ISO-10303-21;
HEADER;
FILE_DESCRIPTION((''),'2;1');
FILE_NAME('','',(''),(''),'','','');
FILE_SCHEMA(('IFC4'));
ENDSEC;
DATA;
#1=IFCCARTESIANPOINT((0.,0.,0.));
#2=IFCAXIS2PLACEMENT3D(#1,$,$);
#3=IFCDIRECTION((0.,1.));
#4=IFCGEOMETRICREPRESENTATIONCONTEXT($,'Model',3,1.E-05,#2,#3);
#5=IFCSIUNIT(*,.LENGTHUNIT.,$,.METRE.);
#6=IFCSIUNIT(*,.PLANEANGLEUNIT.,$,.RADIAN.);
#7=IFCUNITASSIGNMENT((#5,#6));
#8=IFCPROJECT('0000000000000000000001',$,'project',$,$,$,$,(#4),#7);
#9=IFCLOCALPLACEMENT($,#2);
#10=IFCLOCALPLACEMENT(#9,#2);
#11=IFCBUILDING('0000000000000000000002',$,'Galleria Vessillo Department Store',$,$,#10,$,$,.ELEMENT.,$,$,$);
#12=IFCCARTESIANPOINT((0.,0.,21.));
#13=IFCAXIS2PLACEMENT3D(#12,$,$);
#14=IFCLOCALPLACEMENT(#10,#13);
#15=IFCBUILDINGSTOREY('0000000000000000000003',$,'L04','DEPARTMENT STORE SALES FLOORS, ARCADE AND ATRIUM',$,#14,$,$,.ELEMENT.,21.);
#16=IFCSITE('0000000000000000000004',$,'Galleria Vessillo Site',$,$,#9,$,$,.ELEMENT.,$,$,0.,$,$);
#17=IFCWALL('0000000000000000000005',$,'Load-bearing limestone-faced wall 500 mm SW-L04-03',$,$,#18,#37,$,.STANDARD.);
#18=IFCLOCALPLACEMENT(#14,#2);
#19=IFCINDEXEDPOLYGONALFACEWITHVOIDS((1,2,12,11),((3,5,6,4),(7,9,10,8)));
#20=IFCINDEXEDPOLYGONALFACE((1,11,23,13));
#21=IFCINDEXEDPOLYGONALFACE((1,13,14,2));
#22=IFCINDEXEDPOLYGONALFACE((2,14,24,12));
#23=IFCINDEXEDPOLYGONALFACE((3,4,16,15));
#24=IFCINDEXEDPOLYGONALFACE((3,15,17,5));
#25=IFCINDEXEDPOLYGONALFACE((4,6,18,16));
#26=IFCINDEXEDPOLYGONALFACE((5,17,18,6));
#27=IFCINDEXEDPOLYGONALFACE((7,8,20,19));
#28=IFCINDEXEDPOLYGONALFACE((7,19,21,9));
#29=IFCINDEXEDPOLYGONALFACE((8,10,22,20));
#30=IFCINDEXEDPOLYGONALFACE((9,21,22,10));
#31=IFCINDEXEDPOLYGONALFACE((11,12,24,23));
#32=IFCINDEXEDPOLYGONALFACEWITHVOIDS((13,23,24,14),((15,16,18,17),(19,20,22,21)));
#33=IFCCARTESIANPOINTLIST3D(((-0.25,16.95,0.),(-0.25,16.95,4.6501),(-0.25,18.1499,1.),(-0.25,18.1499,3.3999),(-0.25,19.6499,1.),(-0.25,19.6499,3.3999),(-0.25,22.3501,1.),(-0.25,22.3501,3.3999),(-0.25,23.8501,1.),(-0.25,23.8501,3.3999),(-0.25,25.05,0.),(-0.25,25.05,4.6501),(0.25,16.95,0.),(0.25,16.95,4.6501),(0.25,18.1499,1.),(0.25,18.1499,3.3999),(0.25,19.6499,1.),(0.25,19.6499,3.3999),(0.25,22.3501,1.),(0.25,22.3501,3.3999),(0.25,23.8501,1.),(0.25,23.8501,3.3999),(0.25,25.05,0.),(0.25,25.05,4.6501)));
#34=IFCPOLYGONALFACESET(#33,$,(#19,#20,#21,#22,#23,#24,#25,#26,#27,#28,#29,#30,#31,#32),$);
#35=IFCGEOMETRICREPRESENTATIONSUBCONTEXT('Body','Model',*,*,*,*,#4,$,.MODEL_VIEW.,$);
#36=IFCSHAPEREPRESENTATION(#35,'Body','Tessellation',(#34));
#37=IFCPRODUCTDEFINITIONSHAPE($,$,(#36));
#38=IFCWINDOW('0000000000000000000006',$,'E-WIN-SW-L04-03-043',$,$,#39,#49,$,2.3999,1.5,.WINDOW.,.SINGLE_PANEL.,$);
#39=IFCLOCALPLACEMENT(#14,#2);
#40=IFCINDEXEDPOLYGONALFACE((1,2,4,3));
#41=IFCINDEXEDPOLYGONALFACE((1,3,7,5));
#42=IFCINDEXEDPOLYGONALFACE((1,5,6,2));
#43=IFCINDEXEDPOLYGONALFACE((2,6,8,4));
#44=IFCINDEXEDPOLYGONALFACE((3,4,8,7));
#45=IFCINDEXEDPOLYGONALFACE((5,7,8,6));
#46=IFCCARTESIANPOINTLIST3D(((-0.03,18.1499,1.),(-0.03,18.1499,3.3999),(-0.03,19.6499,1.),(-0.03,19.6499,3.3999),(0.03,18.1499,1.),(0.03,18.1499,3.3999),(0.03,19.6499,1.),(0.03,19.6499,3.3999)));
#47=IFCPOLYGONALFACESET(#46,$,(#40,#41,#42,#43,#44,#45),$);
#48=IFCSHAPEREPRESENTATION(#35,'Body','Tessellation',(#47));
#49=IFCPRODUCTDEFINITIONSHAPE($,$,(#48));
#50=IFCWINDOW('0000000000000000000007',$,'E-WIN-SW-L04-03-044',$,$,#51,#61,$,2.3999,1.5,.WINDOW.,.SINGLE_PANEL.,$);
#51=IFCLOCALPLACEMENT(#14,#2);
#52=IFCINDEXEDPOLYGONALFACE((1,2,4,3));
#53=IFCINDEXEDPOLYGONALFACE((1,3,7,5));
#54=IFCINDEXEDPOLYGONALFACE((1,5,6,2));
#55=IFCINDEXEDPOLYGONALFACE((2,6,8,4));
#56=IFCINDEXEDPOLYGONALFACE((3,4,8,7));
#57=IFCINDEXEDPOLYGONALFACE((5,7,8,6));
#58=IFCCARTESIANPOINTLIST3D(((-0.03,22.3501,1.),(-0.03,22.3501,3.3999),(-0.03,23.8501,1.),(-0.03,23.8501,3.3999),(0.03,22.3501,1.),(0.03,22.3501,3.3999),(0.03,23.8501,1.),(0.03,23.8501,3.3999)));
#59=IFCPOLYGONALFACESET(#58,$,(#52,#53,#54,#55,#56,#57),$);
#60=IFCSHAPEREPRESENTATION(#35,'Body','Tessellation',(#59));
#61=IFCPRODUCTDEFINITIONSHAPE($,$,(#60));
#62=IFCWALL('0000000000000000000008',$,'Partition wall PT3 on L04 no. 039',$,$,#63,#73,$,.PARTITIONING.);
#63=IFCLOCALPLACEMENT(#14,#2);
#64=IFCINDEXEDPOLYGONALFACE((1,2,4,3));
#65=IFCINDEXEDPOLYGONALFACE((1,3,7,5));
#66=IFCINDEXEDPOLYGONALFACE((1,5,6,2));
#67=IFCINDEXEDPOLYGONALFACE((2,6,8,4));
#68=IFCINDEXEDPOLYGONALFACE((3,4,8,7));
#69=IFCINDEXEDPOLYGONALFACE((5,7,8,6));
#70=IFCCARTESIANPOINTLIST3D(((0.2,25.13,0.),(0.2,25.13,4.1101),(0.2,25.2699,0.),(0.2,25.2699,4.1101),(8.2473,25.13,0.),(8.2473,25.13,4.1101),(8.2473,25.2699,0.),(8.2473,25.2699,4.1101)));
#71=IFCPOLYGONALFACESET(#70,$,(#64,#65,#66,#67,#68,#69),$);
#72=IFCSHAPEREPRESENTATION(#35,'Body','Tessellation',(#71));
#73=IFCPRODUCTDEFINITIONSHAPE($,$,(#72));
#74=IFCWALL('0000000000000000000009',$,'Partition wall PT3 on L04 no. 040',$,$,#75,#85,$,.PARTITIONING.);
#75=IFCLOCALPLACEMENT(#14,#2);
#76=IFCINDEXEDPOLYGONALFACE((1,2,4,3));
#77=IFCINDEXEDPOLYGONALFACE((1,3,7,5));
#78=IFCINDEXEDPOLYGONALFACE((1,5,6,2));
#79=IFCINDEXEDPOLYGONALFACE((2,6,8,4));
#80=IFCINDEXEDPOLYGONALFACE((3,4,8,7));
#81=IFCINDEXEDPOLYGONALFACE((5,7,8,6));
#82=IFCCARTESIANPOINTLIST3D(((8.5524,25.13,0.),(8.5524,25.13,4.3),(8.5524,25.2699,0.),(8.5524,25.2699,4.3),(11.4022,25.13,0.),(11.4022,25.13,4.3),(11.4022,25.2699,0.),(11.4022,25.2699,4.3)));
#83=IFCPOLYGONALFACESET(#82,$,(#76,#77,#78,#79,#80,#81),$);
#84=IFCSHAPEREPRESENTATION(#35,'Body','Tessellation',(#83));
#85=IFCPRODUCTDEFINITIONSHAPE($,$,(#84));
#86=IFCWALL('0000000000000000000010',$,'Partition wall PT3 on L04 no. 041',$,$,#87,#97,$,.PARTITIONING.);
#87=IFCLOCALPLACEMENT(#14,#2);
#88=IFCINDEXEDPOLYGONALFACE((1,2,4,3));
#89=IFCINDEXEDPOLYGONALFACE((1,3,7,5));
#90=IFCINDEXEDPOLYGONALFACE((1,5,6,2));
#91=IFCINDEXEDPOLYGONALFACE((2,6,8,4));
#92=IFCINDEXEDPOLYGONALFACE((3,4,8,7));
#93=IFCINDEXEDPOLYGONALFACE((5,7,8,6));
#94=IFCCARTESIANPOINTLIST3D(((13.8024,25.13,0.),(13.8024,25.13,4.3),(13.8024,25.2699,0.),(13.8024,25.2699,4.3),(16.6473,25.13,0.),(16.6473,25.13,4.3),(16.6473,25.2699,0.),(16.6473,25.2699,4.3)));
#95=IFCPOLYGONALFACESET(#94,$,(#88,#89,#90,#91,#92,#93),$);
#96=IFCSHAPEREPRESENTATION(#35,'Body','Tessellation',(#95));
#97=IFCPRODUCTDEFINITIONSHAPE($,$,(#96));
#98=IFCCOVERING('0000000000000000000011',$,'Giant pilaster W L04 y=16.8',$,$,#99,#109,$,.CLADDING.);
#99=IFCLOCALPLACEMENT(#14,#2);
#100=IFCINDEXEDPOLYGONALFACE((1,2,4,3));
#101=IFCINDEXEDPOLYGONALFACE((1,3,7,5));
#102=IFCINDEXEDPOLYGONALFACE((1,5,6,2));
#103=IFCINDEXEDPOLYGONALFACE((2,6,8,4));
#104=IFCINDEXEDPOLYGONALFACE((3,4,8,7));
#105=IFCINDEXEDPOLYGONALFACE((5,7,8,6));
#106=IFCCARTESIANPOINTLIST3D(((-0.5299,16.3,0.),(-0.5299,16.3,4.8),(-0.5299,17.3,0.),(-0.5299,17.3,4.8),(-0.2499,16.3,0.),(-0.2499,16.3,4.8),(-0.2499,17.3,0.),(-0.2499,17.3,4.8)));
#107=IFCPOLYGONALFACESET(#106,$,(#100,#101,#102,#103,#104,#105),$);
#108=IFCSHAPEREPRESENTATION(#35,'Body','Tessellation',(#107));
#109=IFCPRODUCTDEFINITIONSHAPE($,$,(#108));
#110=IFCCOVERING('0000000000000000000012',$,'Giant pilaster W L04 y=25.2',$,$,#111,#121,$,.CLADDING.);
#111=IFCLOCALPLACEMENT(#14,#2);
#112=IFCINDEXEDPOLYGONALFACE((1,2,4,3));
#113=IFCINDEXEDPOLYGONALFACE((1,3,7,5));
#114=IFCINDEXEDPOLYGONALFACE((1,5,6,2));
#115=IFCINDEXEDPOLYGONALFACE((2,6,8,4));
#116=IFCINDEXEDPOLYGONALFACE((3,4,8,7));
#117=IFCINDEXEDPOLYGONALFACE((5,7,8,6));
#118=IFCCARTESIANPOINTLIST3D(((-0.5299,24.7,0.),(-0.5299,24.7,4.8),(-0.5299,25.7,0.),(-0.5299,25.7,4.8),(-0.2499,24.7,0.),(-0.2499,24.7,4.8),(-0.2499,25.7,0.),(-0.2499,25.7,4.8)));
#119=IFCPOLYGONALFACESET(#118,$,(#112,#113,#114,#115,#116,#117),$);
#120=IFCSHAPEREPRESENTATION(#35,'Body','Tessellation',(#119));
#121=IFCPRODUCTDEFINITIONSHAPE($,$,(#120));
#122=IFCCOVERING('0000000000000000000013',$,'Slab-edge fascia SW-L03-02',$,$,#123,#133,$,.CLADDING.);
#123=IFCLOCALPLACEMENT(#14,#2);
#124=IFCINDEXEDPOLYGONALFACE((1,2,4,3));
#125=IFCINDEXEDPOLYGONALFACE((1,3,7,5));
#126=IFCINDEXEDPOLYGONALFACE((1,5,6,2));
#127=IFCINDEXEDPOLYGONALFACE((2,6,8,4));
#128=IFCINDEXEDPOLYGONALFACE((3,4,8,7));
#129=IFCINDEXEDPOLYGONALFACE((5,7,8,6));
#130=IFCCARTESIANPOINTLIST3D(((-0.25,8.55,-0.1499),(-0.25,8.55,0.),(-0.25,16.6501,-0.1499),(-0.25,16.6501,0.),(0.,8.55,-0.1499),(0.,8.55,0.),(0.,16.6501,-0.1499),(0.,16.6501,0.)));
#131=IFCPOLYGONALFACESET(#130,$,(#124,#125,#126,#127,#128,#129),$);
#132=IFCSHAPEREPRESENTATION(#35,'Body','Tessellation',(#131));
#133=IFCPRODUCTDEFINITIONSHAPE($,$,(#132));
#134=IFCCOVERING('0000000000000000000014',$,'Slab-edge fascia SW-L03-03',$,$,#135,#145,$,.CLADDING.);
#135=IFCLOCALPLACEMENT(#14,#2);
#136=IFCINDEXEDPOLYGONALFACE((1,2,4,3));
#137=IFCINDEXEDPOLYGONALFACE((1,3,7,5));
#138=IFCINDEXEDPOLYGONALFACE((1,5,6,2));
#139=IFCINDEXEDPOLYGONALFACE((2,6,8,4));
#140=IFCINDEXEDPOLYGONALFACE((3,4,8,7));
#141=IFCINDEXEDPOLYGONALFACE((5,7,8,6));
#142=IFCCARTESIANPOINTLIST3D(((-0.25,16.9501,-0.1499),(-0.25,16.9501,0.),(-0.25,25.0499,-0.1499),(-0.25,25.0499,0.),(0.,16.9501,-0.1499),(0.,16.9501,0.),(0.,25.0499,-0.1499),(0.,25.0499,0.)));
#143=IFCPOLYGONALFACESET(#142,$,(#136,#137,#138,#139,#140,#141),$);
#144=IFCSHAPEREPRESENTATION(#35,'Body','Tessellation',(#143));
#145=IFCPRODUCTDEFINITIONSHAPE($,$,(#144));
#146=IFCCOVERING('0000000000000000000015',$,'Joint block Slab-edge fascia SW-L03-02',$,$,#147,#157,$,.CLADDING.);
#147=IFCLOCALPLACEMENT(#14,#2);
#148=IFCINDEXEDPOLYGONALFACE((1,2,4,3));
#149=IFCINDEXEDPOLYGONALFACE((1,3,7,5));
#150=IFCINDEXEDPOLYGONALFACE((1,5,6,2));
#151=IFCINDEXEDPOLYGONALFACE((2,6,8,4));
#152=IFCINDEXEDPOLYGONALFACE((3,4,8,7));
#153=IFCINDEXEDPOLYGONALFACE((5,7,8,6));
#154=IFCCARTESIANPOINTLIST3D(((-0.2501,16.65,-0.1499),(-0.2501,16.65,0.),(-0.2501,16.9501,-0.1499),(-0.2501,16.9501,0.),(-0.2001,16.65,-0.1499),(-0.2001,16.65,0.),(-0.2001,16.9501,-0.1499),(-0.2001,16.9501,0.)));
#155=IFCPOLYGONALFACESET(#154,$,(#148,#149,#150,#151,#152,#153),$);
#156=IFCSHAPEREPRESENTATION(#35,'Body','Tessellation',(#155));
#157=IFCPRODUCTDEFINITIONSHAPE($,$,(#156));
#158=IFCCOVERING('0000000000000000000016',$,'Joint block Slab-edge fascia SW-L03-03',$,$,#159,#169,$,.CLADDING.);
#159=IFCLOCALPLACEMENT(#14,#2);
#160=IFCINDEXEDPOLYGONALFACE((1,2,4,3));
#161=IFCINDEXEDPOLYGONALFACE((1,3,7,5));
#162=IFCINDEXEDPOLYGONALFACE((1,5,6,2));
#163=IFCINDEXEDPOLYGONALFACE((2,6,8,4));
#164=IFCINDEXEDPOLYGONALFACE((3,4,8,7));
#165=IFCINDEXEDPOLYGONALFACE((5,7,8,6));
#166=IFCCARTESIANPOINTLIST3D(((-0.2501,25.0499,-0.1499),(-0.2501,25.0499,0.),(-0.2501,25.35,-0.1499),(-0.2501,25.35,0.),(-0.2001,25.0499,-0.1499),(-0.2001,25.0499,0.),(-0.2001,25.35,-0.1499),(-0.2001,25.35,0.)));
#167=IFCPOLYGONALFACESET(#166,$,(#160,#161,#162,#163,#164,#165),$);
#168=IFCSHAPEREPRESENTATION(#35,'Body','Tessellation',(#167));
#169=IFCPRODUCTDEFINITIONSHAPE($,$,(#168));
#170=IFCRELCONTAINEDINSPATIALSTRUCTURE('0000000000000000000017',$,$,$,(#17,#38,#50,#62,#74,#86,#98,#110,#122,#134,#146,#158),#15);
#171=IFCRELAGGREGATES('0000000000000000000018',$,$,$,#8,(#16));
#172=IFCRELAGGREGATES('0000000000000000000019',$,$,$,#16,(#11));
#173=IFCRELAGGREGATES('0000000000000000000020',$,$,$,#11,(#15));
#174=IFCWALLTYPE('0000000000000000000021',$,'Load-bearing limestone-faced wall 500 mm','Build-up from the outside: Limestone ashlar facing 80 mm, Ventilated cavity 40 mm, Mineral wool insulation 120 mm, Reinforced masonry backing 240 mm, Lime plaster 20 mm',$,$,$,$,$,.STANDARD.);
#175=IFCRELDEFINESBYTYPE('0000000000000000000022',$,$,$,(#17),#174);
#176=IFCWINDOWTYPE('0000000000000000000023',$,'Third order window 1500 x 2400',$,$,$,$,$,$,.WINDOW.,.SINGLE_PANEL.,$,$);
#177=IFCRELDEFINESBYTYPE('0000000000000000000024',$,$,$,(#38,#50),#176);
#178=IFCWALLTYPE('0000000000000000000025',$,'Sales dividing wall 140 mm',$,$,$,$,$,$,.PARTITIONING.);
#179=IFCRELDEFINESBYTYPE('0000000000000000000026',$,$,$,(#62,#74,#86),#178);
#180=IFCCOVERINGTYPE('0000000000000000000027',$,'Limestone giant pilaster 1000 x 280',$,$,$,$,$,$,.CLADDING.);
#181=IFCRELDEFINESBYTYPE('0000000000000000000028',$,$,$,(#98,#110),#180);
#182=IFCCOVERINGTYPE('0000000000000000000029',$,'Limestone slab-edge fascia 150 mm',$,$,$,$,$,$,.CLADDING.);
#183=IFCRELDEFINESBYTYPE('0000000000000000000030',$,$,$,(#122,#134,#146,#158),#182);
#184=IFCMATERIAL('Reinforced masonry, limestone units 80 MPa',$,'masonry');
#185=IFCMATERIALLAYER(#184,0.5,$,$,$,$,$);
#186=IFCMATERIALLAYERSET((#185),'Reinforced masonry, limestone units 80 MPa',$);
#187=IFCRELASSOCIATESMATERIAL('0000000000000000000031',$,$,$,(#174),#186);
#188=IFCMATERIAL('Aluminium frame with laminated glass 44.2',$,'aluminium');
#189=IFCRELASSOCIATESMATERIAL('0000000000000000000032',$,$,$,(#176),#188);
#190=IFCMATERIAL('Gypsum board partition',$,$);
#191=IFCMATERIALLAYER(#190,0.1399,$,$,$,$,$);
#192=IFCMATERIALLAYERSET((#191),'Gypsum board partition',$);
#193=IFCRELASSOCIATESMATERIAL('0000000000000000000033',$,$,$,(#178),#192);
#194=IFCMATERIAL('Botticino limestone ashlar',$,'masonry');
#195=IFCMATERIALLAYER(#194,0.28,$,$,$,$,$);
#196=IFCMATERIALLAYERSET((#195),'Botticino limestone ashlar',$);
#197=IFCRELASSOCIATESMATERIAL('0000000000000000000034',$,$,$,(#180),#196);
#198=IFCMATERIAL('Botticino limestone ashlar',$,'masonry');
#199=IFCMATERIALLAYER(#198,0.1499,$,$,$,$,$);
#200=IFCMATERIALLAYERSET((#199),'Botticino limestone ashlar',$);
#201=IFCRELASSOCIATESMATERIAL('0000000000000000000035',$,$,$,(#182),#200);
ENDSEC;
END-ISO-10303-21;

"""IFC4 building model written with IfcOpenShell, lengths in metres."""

from ifc_helpers import new_model, si_unit, direction, frame, frame_2d, origin, origin_2d, place, context, subcontext, project, spatial, rectangle, extrude, material, layer, layer_set, type_object, element, fill, save


model = new_model("IFC4")

# Units and contexts
model_context = context("Model", 3, precision=1e-05, world=origin(), true_north=direction((0.0, 1.0)))
body_context = subcontext(model_context, "Body", "Model", "MODEL_VIEW")
ifc_project = project(units=[si_unit("LENGTHUNIT", "METRE"), si_unit("PLANEANGLEUNIT", "RADIAN")], contexts=[model_context])

# Site, building, storey
site_placement = place(None, origin())
site = spatial("IfcSite", under=ifc_project, at=site_placement, Name="Galleria Vessillo Site", CompositionType="ELEMENT", RefElevation=0.0)
building_placement = place(site_placement, origin())
building = spatial("IfcBuilding", under=site, at=building_placement, Name="Galleria Vessillo Department Store", CompositionType="ELEMENT")
storey_placement = place(building_placement, frame((0.0, 0.0, 21.0)))
storey = spatial("IfcBuildingStorey", under=building, at=storey_placement, Name="L04", Description="DEPARTMENT STORE SALES FLOORS, ARCADE AND ATRIUM", CompositionType="ELEMENT", Elevation=21.0)

# Wall, openings, windows
ifc_material_1 = material(Name="Reinforced masonry, limestone units 80 MPa", Category="masonry")
ifc_layer_1 = layer(ifc_material_1, 0.5)
ifc_layer_set_1 = layer_set([ifc_layer_1], Name="Reinforced masonry, limestone units 80 MPa")
wall_type_1 = type_object("IfcWallType", Name="Load-bearing limestone-faced wall 500 mm", Description="Build-up from the outside: Limestone ashlar facing 80 mm, Ventilated cavity 40 mm, Mineral wool insulation 120 mm, Reinforced masonry backing 240 mm, Lime plaster 20 mm", PredefinedType="STANDARD", material=ifc_layer_set_1)
wall_1_placement = place(storey_placement, frame((0.0, 16.95, 0.0), z_axis=(0.0, 0.0, 1.0), x_axis=(0.0, 1.0, 0.0)))
wall_1 = element("IfcWall", 1, at=wall_1_placement, inside=storey, type_object=wall_type_1, Name="Load-bearing limestone-faced wall 500 mm SW-L04-03", PredefinedType="STANDARD", context=body_context, shape_type="SweptSolid", body=[
    extrude(rectangle(XDim=8.1001, YDim=0.5, at=frame_2d((4.05, 0.0))), origin(), (0.0, 0.0, 1.0), 4.6501),
])
opening_1_placement = place(wall_1_placement, frame((1.2, 0.0, 1.0)))
opening_1 = element("IfcOpeningElement", 2, at=opening_1_placement, cuts=wall_1, PredefinedType="OPENING", context=body_context, shape_type="SweptSolid", body=[
    extrude(rectangle(XDim=1.5, YDim=2.3999, at=frame_2d((0.75, 1.2))), frame((0.0, 0.26, 0.0), z_axis=(0.0, -1.0, 0.0), x_axis=(1.0, 0.0, 0.0)), (0.0, 0.0, 1.0), 0.52),
])
opening_2_placement = place(wall_1_placement, frame((5.4001, 0.0, 1.0)))
opening_2 = element("IfcOpeningElement", 3, at=opening_2_placement, cuts=wall_1, PredefinedType="OPENING", context=body_context, shape_type="SweptSolid", body=[
    extrude(rectangle(XDim=1.5, YDim=2.3999, at=frame_2d((0.75, 1.2))), frame((0.0, 0.26, 0.0), z_axis=(0.0, -1.0, 0.0), x_axis=(1.0, 0.0, 0.0)), (0.0, 0.0, 1.0), 0.52),
])
ifc_material_2 = material(Name="Aluminium frame with laminated glass 44.2", Category="aluminium")
window_type = type_object("IfcWindowType", Name="Third order window 1500 x 2400", PartitioningType="SINGLE_PANEL", PredefinedType="WINDOW", material=ifc_material_2)
window_1_placement = place(opening_1_placement, origin())
window_1 = element("IfcWindow", 4, at=window_1_placement, inside=storey, type_object=window_type, Name="E-WIN-SW-L04-03-043", OverallHeight=2.3999, OverallWidth=1.5, PartitioningType="SINGLE_PANEL", PredefinedType="WINDOW", context=body_context, shape_type="SweptSolid", body=[
    extrude(rectangle(XDim=1.5, YDim=2.3999, at=frame_2d((0.75, 1.2))), frame((0.0, 0.03, 0.0), z_axis=(0.0, -1.0, 0.0), x_axis=(1.0, 0.0, 0.0)), (0.0, 0.0, 1.0), 0.0601),
])
fill(opening_1, window_1)
window_2_placement = place(opening_2_placement, origin())
window_2 = element("IfcWindow", 5, at=window_2_placement, inside=storey, type_object=window_type, Name="E-WIN-SW-L04-03-044", OverallHeight=2.3999, OverallWidth=1.5, PartitioningType="SINGLE_PANEL", PredefinedType="WINDOW", context=body_context, shape_type="SweptSolid", body=[
    extrude(rectangle(XDim=1.5, YDim=2.3999, at=frame_2d((0.75, 1.2))), frame((0.0, 0.03, 0.0), z_axis=(0.0, -1.0, 0.0), x_axis=(1.0, 0.0, 0.0)), (0.0, 0.0, 1.0), 0.0601),
])
fill(opening_2, window_2)

# Walls
ifc_material_3 = material(Name="Gypsum board partition")
ifc_layer_2 = layer(ifc_material_3, 0.1399)
ifc_layer_set_2 = layer_set([ifc_layer_2], Name="Gypsum board partition")
wall_type_2 = type_object("IfcWallType", Name="Sales dividing wall 140 mm", PredefinedType="PARTITIONING", material=ifc_layer_set_2)
wall_2_placement = place(storey_placement, frame((0.2, 25.2, 0.0), z_axis=(0.0, 0.0, 1.0), x_axis=(1.0, 0.0, 0.0)))
element("IfcWall", 6, at=wall_2_placement, inside=storey, type_object=wall_type_2, Name="Partition wall PT3 on L04 no. 039", PredefinedType="PARTITIONING", context=body_context, shape_type="SweptSolid", body=[
    extrude(rectangle(XDim=8.0474, YDim=0.1399, at=frame_2d((4.0237, 0.0))), origin(), (0.0, 0.0, 1.0), 4.1101),
])
wall_3_placement = place(storey_placement, frame((8.5525, 25.2, 0.0), z_axis=(0.0, 0.0, 1.0), x_axis=(1.0, 0.0, 0.0)))
element("IfcWall", 7, at=wall_3_placement, inside=storey, type_object=wall_type_2, Name="Partition wall PT3 on L04 no. 040", PredefinedType="PARTITIONING", context=body_context, shape_type="SweptSolid", body=[
    extrude(rectangle(XDim=2.8499, YDim=0.1399, at=frame_2d((1.4248, 0.0))), origin(), (0.0, 0.0, 1.0), 4.3),
])
wall_4_placement = place(storey_placement, frame((13.8025, 25.2, 0.0), z_axis=(0.0, 0.0, 1.0), x_axis=(1.0, 0.0, 0.0)))
element("IfcWall", 8, at=wall_4_placement, inside=storey, type_object=wall_type_2, Name="Partition wall PT3 on L04 no. 041", PredefinedType="PARTITIONING", context=body_context, shape_type="SweptSolid", body=[
    extrude(rectangle(XDim=2.845, YDim=0.1399, at=frame_2d((1.4224, 0.0))), origin(), (0.0, 0.0, 1.0), 4.3),
])

# Coverings
ifc_material_4 = material(Name="Botticino limestone ashlar", Category="masonry")
ifc_layer_3 = layer(ifc_material_4, 0.28)
ifc_layer_set_3 = layer_set([ifc_layer_3], Name="Botticino limestone ashlar")
covering_type_1 = type_object("IfcCoveringType", Name="Limestone giant pilaster 1000 x 280", PredefinedType="CLADDING", material=ifc_layer_set_3)
for number, where, z_axis, x_axis, name in (
    (9, (-0.3899, 16.8, 0.0), (0.0, 0.0, 1.0), (1.0, 0.0, 0.0), "Giant pilaster W L04 y=16.8"),
    (10, (-0.3899, 25.2, 0.0), (0.0, 0.0, 1.0), (1.0, 0.0, 0.0), "Giant pilaster W L04 y=25.2"),
):
    element("IfcCovering", number, at=place(storey_placement, frame(where, z_axis=z_axis, x_axis=x_axis)), inside=storey, type_object=covering_type_1, Name=name, PredefinedType="CLADDING", context=body_context, shape_type="SweptSolid", body=[
        extrude(rectangle(XDim=0.28, YDim=1.0, at=origin_2d()), origin(), (0.0, 0.0, 1.0), 4.8),
    ])
ifc_material_5 = material(Name="Botticino limestone ashlar", Category="masonry")
ifc_layer_4 = layer(ifc_material_5, 0.1499)
ifc_layer_set_4 = layer_set([ifc_layer_4], Name="Botticino limestone ashlar")
covering_type_2 = type_object("IfcCoveringType", Name="Limestone slab-edge fascia 150 mm", PredefinedType="CLADDING", material=ifc_layer_set_4)
covering_1_placement = place(storey_placement, frame((-0.125, 12.6001, -0.1499), z_axis=(0.0, 0.0, 1.0), x_axis=(1.0, 0.0, 0.0)))
element("IfcCovering", 11, at=covering_1_placement, inside=storey, type_object=covering_type_2, Name="Slab-edge fascia SW-L03-02", PredefinedType="CLADDING", context=body_context, shape_type="SweptSolid", body=[
    extrude(rectangle(XDim=0.25, YDim=8.1001, at=origin_2d()), origin(), (0.0, 0.0, 1.0), 0.1499),
])
covering_2_placement = place(storey_placement, frame((-0.125, 21.0, -0.1499), z_axis=(0.0, 0.0, 1.0), x_axis=(1.0, 0.0, 0.0)))
element("IfcCovering", 12, at=covering_2_placement, inside=storey, type_object=covering_type_2, Name="Slab-edge fascia SW-L03-03", PredefinedType="CLADDING", context=body_context, shape_type="SweptSolid", body=[
    extrude(rectangle(XDim=0.25, YDim=8.0999, at=origin_2d()), origin(), (0.0, 0.0, 1.0), 0.1499),
])
for number, where, z_axis, x_axis, name in (
    (13, (-0.2251, 16.8, -0.1499), (0.0, 0.0, 1.0), (1.0, 0.0, 0.0), "Joint block Slab-edge fascia SW-L03-02"),
    (14, (-0.2251, 25.2, -0.1499), (0.0, 0.0, 1.0), (1.0, 0.0, 0.0), "Joint block Slab-edge fascia SW-L03-03"),
):
    element("IfcCovering", number, at=place(storey_placement, frame(where, z_axis=z_axis, x_axis=x_axis)), inside=storey, type_object=covering_type_2, Name=name, PredefinedType="CLADDING", context=body_context, shape_type="SweptSolid", body=[
        extrude(rectangle(XDim=0.05, YDim=0.3, at=origin_2d()), origin(), (0.0, 0.0, 1.0), 0.1499),
    ])

save(model, "model.ifc")
